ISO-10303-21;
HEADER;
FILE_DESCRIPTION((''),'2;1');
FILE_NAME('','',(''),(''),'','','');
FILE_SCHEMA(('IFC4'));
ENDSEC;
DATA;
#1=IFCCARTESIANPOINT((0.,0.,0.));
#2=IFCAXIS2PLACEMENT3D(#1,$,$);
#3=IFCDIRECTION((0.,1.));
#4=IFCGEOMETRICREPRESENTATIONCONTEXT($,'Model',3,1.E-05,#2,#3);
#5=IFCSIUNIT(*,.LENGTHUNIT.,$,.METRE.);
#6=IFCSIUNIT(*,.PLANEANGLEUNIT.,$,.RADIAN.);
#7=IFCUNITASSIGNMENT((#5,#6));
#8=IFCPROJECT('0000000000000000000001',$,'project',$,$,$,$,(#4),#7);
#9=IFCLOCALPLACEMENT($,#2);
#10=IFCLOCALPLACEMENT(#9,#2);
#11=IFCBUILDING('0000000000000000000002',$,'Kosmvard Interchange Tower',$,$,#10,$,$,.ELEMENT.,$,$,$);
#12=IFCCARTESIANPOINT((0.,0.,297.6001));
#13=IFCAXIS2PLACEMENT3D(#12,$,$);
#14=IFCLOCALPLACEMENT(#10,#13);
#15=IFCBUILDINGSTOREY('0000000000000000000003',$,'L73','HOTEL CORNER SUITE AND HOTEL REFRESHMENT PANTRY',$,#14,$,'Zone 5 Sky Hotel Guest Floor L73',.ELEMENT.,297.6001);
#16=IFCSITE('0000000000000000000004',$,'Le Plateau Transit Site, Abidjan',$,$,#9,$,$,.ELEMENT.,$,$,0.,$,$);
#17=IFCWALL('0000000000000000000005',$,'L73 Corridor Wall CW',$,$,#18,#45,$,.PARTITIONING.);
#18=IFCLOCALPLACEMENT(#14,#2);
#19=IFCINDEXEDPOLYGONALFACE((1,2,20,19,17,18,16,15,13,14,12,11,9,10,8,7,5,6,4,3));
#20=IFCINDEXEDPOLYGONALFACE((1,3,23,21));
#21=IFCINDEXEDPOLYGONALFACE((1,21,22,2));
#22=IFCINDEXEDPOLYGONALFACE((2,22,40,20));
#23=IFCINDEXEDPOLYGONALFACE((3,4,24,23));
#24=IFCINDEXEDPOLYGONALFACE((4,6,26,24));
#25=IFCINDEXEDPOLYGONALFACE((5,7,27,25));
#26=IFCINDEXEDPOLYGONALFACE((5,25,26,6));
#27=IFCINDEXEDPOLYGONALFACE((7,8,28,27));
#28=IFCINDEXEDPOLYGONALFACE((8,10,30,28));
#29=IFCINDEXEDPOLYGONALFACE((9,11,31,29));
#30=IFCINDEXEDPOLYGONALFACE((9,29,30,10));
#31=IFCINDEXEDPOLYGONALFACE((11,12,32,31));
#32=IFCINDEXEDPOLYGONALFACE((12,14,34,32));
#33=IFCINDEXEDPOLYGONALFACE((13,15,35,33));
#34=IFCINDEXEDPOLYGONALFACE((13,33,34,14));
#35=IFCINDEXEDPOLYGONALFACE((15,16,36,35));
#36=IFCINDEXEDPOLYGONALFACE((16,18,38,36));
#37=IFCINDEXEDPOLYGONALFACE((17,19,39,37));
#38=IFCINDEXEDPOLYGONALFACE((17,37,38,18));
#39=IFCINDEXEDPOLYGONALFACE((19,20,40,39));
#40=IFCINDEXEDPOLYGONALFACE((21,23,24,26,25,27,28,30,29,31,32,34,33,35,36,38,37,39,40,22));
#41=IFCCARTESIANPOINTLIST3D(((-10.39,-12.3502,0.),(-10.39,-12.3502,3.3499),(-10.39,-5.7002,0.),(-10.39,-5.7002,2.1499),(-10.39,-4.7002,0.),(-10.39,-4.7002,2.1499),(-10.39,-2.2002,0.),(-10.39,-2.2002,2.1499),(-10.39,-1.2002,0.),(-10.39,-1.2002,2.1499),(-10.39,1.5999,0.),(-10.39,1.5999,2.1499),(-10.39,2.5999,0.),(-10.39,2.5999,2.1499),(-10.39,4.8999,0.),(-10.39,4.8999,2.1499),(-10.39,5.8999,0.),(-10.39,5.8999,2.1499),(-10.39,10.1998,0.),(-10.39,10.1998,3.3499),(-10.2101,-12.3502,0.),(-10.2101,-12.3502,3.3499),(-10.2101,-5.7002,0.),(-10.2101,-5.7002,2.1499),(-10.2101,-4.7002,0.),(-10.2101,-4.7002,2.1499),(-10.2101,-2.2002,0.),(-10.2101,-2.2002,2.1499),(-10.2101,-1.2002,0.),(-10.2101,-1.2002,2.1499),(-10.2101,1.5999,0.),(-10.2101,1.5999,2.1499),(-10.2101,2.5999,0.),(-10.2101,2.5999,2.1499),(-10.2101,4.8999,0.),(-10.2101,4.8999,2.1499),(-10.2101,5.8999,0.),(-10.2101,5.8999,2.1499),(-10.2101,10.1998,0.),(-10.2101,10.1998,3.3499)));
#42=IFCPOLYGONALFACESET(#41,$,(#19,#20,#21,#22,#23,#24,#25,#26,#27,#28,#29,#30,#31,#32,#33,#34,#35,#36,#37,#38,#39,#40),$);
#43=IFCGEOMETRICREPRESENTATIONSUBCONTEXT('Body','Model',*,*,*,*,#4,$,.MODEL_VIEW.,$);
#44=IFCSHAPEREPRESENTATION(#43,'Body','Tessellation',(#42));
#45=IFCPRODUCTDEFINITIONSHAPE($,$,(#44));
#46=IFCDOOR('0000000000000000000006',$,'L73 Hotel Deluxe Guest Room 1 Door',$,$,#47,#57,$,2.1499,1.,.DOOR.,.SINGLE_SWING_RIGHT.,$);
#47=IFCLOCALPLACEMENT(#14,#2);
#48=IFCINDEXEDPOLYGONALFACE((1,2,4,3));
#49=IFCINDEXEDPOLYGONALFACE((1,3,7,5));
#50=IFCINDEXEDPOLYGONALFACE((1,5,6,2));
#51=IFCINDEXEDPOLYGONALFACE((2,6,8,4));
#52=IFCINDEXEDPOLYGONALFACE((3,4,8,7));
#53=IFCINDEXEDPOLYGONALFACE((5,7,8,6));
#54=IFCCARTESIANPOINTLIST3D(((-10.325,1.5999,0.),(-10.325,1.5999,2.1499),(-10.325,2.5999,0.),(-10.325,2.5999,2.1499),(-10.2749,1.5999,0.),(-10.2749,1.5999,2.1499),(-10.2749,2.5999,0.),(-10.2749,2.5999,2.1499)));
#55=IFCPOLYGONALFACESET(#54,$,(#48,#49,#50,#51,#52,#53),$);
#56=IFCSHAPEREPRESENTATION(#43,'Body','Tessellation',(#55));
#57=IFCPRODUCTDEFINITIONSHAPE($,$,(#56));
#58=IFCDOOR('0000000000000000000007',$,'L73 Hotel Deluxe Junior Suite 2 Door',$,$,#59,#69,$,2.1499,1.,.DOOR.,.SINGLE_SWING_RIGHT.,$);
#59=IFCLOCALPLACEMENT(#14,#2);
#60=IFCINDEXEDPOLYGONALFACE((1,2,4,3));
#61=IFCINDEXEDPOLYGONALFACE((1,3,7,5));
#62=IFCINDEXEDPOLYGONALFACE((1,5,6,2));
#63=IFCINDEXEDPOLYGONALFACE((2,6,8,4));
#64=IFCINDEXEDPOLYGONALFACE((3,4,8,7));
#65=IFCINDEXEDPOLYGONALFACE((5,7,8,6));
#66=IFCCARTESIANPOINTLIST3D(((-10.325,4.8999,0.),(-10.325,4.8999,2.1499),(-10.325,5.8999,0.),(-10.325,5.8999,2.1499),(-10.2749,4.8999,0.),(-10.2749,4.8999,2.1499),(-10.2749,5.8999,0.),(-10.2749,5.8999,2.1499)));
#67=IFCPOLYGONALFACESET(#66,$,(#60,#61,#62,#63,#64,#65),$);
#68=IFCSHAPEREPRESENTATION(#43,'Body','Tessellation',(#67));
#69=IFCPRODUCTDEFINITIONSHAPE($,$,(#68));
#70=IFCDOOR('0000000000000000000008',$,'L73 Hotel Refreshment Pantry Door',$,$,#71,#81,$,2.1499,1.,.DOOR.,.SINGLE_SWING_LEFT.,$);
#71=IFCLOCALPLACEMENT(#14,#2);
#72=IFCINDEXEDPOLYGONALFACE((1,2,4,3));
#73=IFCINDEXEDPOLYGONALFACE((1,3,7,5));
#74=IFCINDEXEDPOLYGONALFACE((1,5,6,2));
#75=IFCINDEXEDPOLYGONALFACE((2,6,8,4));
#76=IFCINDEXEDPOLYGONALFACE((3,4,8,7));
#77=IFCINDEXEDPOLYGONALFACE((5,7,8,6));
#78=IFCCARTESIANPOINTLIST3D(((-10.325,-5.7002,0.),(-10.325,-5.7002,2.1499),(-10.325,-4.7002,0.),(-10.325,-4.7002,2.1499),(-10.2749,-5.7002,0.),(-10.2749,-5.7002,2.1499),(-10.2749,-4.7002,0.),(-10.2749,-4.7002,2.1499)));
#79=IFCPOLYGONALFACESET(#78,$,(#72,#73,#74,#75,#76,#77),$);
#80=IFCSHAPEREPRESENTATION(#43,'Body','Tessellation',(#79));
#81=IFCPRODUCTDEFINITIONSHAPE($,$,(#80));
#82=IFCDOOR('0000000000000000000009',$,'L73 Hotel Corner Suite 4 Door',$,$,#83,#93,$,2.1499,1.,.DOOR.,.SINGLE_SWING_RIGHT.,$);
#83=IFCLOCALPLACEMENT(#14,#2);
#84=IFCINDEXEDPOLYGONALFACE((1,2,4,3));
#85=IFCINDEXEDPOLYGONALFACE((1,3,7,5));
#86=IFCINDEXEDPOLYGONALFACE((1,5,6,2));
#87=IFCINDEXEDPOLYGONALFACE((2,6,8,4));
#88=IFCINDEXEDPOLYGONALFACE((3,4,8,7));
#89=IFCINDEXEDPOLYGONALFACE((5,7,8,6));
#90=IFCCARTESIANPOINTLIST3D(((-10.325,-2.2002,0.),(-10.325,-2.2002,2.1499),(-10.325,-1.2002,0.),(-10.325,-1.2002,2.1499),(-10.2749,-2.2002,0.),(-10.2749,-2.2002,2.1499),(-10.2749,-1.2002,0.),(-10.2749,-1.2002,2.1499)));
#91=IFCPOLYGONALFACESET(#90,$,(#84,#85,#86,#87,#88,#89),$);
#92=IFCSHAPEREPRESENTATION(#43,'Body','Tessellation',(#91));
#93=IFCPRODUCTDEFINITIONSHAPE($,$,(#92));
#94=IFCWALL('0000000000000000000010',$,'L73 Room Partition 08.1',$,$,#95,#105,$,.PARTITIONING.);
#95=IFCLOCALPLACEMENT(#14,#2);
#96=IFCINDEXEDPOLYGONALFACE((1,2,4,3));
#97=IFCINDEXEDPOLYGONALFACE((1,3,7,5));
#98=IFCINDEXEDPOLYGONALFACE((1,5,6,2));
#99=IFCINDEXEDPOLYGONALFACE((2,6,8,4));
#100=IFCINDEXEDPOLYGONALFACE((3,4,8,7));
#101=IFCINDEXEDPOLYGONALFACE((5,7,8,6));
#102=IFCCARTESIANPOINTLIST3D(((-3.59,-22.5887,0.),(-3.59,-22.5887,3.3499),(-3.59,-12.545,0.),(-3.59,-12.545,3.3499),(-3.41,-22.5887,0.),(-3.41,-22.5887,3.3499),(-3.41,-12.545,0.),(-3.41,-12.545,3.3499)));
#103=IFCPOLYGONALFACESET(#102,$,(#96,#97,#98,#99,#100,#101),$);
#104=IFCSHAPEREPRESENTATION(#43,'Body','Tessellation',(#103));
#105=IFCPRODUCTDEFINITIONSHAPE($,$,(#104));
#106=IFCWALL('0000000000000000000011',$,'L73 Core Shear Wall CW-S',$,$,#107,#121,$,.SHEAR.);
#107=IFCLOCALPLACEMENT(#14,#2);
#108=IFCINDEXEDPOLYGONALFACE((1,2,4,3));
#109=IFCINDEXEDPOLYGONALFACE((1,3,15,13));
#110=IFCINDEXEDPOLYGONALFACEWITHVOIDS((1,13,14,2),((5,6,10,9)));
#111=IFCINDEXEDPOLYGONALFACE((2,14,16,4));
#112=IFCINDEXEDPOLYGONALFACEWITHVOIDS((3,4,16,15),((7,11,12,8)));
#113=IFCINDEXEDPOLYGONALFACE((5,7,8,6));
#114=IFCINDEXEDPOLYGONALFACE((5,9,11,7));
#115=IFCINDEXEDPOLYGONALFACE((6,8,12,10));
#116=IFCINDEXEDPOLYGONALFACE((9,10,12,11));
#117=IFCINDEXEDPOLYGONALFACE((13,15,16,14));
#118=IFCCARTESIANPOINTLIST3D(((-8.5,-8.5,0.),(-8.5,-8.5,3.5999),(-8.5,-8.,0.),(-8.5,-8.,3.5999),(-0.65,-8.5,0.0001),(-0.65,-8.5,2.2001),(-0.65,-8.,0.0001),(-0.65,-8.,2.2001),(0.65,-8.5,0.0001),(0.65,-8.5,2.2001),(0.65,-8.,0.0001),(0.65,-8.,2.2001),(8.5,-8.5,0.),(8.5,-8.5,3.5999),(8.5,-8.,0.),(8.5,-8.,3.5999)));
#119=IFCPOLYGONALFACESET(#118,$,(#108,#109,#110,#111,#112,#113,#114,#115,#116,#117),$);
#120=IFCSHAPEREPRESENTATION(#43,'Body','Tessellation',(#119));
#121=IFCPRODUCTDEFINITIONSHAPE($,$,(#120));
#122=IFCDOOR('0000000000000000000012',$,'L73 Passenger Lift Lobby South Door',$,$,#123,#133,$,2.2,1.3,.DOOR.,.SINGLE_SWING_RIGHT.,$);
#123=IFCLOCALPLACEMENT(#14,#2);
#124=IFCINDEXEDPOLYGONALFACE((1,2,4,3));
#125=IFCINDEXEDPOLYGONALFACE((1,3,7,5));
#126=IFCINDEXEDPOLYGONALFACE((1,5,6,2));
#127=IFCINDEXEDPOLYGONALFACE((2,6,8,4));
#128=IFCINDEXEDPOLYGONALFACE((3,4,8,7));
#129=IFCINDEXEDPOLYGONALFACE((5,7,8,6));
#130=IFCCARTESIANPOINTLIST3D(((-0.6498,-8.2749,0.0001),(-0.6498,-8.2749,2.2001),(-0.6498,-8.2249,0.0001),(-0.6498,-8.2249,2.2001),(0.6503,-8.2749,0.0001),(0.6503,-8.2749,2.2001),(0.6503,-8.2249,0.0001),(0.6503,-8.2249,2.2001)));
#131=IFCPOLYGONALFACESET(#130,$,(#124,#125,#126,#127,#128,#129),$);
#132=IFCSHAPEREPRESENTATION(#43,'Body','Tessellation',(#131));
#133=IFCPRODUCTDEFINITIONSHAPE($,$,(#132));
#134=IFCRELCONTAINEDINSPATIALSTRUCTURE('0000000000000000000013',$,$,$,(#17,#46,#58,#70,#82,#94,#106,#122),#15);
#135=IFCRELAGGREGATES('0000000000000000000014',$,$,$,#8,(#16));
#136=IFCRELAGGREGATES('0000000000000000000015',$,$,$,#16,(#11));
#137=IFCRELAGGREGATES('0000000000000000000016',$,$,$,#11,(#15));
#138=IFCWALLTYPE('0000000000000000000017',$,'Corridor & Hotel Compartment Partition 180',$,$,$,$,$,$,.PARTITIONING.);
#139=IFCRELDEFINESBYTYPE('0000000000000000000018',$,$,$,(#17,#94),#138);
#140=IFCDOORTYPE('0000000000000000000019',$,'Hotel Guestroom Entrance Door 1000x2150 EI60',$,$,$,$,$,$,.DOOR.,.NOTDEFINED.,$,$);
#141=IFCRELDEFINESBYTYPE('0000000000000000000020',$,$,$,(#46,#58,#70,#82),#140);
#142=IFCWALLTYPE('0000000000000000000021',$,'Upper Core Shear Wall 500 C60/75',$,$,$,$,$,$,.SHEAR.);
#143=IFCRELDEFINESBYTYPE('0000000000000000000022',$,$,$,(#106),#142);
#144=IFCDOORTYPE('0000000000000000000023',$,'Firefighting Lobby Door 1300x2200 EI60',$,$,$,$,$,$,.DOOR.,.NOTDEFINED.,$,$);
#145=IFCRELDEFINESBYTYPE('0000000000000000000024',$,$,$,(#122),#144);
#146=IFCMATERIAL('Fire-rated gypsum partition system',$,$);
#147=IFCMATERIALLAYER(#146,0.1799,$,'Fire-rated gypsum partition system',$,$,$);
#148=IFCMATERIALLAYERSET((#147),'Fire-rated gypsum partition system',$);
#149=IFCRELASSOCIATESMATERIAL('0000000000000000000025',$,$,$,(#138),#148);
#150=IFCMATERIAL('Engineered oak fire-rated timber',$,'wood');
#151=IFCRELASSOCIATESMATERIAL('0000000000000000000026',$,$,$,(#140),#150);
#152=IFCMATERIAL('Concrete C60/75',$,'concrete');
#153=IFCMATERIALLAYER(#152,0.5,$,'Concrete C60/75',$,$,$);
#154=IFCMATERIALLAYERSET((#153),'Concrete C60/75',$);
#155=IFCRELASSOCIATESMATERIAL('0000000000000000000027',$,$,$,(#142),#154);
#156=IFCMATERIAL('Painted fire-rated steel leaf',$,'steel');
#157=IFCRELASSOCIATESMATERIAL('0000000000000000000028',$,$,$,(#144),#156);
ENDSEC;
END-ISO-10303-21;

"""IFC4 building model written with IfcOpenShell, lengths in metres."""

from ifc_helpers import new_model, si_unit, direction, frame, frame_2d, origin, place, context, subcontext, project, spatial, rectangle, extrude, source, transform, mapped, material, layer, layer_set, type_object, element, fill, save


model = new_model("IFC4")

# Units and contexts
model_context = context("Model", 3, precision=1e-05, world=origin(), true_north=direction((0.0, 1.0)))
body_context = subcontext(model_context, "Body", "Model", "MODEL_VIEW")
ifc_project = project(units=[si_unit("LENGTHUNIT", "METRE"), si_unit("PLANEANGLEUNIT", "RADIAN")], contexts=[model_context])

# Site, building, storey
site_placement = place(None, origin())
site = spatial("IfcSite", under=ifc_project, at=site_placement, Name="Le Plateau Transit Site, Abidjan", CompositionType="ELEMENT", RefElevation=0.0)
building_placement = place(site_placement, origin())
building = spatial("IfcBuilding", under=site, at=building_placement, Name="Kosmvard Interchange Tower", CompositionType="ELEMENT")
storey_placement = place(building_placement, frame((0.0, 0.0, 297.6001)))
storey = spatial("IfcBuildingStorey", under=building, at=storey_placement, Name="L73", Description="HOTEL CORNER SUITE AND HOTEL REFRESHMENT PANTRY", LongName="Zone 5 Sky Hotel Guest Floor L73", CompositionType="ELEMENT", Elevation=297.6001)

# Wall, openings, doors
ifc_material_1 = material(Name="Fire-rated gypsum partition system")
ifc_layer_1 = layer(ifc_material_1, 0.1799, Name="Fire-rated gypsum partition system")
ifc_layer_set_1 = layer_set([ifc_layer_1], Name="Fire-rated gypsum partition system")
wall_type_1 = type_object("IfcWallType", Name="Corridor & Hotel Compartment Partition 180", PredefinedType="PARTITIONING", material=ifc_layer_set_1)
ifc_material_2 = material(Name="Engineered oak fire-rated timber", Category="wood")
door_type_1 = type_object("IfcDoorType", Name="Hotel Guestroom Entrance Door 1000x2150 EI60", OperationType="NOTDEFINED", PredefinedType="DOOR", material=ifc_material_2)
shared_shape_1 = source(origin(), body_context, "Body", "SweptSolid", [
    extrude(rectangle(XDim=1.0, YDim=2.1499, at=frame_2d((0.5, 1.075))), frame((0.0, 0.0249, 0.0), z_axis=(0.0, -1.0, 0.0), x_axis=(1.0, 0.0, 0.0)), (0.0, 0.0, 1.0), 0.05),
])
wall_1_placement = place(storey_placement, frame((-10.3, -12.3501, 0.0), z_axis=(0.0, 0.0, 1.0), x_axis=(0.0, 1.0, 0.0)))
wall_1 = element("IfcWall", 1, at=wall_1_placement, inside=storey, type_object=wall_type_1, Name="L73 Corridor Wall CW", PredefinedType="PARTITIONING", context=body_context, shape_type="SweptSolid", body=[
    extrude(rectangle(XDim=22.55, YDim=0.1799, at=frame_2d((11.2749, 0.0))), origin(), (0.0, 0.0, 1.0), 3.3499),
])
opening_1_placement = place(wall_1_placement, frame((13.95, 0.0, 0.0)))
opening_1 = element("IfcOpeningElement", 2, at=opening_1_placement, cuts=wall_1, PredefinedType="OPENING", context=body_context, shape_type="SweptSolid", body=[
    extrude(rectangle(XDim=1.0, YDim=2.1499, at=frame_2d((0.5, 1.075))), frame((0.0, 0.1001, 0.0), z_axis=(0.0, -1.0, 0.0), x_axis=(1.0, 0.0, 0.0)), (0.0, 0.0, 1.0), 0.2),
])
opening_2_placement = place(wall_1_placement, frame((17.25, 0.0, 0.0)))
opening_2 = element("IfcOpeningElement", 3, at=opening_2_placement, cuts=wall_1, PredefinedType="OPENING", context=body_context, shape_type="SweptSolid", body=[
    extrude(rectangle(XDim=1.0, YDim=2.1499, at=frame_2d((0.5, 1.075))), frame((0.0, 0.1001, 0.0), z_axis=(0.0, -1.0, 0.0), x_axis=(1.0, 0.0, 0.0)), (0.0, 0.0, 1.0), 0.2),
])
opening_3_placement = place(wall_1_placement, frame((6.6499, 0.0, 0.0)))
opening_3 = element("IfcOpeningElement", 4, at=opening_3_placement, cuts=wall_1, PredefinedType="OPENING", context=body_context, shape_type="SweptSolid", body=[
    extrude(rectangle(XDim=1.0, YDim=2.1499, at=frame_2d((0.5, 1.075))), frame((0.0, 0.1001, 0.0), z_axis=(0.0, -1.0, 0.0), x_axis=(1.0, 0.0, 0.0)), (0.0, 0.0, 1.0), 0.2),
])
opening_4_placement = place(wall_1_placement, frame((10.1499, 0.0, 0.0)))
opening_4 = element("IfcOpeningElement", 5, at=opening_4_placement, cuts=wall_1, PredefinedType="OPENING", context=body_context, shape_type="SweptSolid", body=[
    extrude(rectangle(XDim=1.0, YDim=2.1499, at=frame_2d((0.5, 1.075))), frame((0.0, 0.1001, 0.0), z_axis=(0.0, -1.0, 0.0), x_axis=(1.0, 0.0, 0.0)), (0.0, 0.0, 1.0), 0.2),
])
door_1_placement = place(opening_1_placement, origin())
door_1 = element("IfcDoor", 6, at=door_1_placement, inside=storey, type_object=door_type_1, Name="L73 Hotel Deluxe Guest Room 1 Door", OperationType="SINGLE_SWING_RIGHT", OverallHeight=2.1499, OverallWidth=1.0, PredefinedType="DOOR", context=body_context, shape_type="MappedRepresentation", body=[
    mapped(shared_shape_1, transform((0.0, 0.0, 0.0), scale=1.0)),
])
fill(opening_1, door_1)
door_2_placement = place(opening_2_placement, origin())
door_2 = element("IfcDoor", 7, at=door_2_placement, inside=storey, type_object=door_type_1, Name="L73 Hotel Deluxe Junior Suite 2 Door", OperationType="SINGLE_SWING_RIGHT", OverallHeight=2.1499, OverallWidth=1.0, PredefinedType="DOOR", context=body_context, shape_type="MappedRepresentation", body=[
    mapped(shared_shape_1, transform((0.0, 0.0, 0.0), scale=1.0)),
])
fill(opening_2, door_2)
door_3_placement = place(opening_3_placement, origin())
door_3 = element("IfcDoor", 8, at=door_3_placement, inside=storey, type_object=door_type_1, Name="L73 Hotel Refreshment Pantry Door", OperationType="SINGLE_SWING_LEFT", OverallHeight=2.1499, OverallWidth=1.0, PredefinedType="DOOR", context=body_context, shape_type="MappedRepresentation", body=[
    mapped(shared_shape_1, transform((0.0, 0.0, 0.0), scale=1.0)),
])
fill(opening_3, door_3)
door_4_placement = place(opening_4_placement, origin())
door_4 = element("IfcDoor", 9, at=door_4_placement, inside=storey, type_object=door_type_1, Name="L73 Hotel Corner Suite 4 Door", OperationType="SINGLE_SWING_RIGHT", OverallHeight=2.1499, OverallWidth=1.0, PredefinedType="DOOR", context=body_context, shape_type="MappedRepresentation", body=[
    mapped(shared_shape_1, transform((0.0, 0.0, 0.0), scale=1.0)),
])
fill(opening_4, door_4)

# Wall
wall_2_placement = place(storey_placement, frame((-3.5, -12.5449, 0.0), z_axis=(0.0, 0.0, 1.0), x_axis=(0.0, -1.0, 0.0)))
element("IfcWall", 10, at=wall_2_placement, inside=storey, type_object=wall_type_1, Name="L73 Room Partition 08.1", PredefinedType="PARTITIONING", context=body_context, shape_type="SweptSolid", body=[
    extrude(rectangle(XDim=10.0437, YDim=0.1799, at=frame_2d((5.022, 0.0))), origin(), (0.0, 0.0, 1.0), 3.3499),
])

# Wall, opening, door
ifc_material_3 = material(Name="Concrete C60/75", Category="concrete")
ifc_layer_2 = layer(ifc_material_3, 0.5, Name="Concrete C60/75")
ifc_layer_set_2 = layer_set([ifc_layer_2], Name="Concrete C60/75")
wall_type_2 = type_object("IfcWallType", Name="Upper Core Shear Wall 500 C60/75", PredefinedType="SHEAR", material=ifc_layer_set_2)
wall_3_placement = place(storey_placement, frame((-8.5, -8.25, 0.0), z_axis=(0.0, 0.0, 1.0), x_axis=(1.0, 0.0, 0.0)))
wall_3 = element("IfcWall", 11, at=wall_3_placement, inside=storey, type_object=wall_type_2, Name="L73 Core Shear Wall CW-S", PredefinedType="SHEAR", context=body_context, shape_type="SweptSolid", body=[
    extrude(rectangle(XDim=17.0, YDim=0.5, at=frame_2d((8.5, 0.0))), origin(), (0.0, 0.0, 1.0), 3.5999),
])
opening_5_placement = place(wall_3_placement, frame((7.8501, 0.0, 0.0)))
opening_5 = element("IfcOpeningElement", 12, at=opening_5_placement, cuts=wall_3, PredefinedType="OPENING", context=body_context, shape_type="SweptSolid", body=[
    extrude(rectangle(XDim=1.3, YDim=2.2, at=frame_2d((0.6499, 1.1001))), frame((0.0, 0.26, 0.0), z_axis=(0.0, -1.0, 0.0), x_axis=(1.0, 0.0, 0.0)), (0.0, 0.0, 1.0), 0.52),
])
ifc_material_4 = material(Name="Painted fire-rated steel leaf", Category="steel")
door_type_2 = type_object("IfcDoorType", Name="Firefighting Lobby Door 1300x2200 EI60", OperationType="NOTDEFINED", PredefinedType="DOOR", material=ifc_material_4)
shared_shape_2 = source(origin(), body_context, "Body", "SweptSolid", [
    extrude(rectangle(XDim=1.3, YDim=2.2, at=frame_2d((0.6499, 1.1001))), frame((0.0, 0.0249, 0.0), z_axis=(0.0, -1.0, 0.0), x_axis=(1.0, 0.0, 0.0)), (0.0, 0.0, 1.0), 0.05),
])
door_5_placement = place(opening_5_placement, frame((1.3, 0.0, 0.0), z_axis=(0.0, 0.0, 1.0), x_axis=(-1.0, 0.0, 0.0)))
door_5 = element("IfcDoor", 13, at=door_5_placement, inside=storey, type_object=door_type_2, Name="L73 Passenger Lift Lobby South Door", OperationType="SINGLE_SWING_RIGHT", OverallHeight=2.2, OverallWidth=1.3, PredefinedType="DOOR", context=body_context, shape_type="MappedRepresentation", body=[
    mapped(shared_shape_2, transform((0.0, 0.0, 0.0), scale=1.0)),
])
fill(opening_5, door_5)

save(model, "model.ifc")
